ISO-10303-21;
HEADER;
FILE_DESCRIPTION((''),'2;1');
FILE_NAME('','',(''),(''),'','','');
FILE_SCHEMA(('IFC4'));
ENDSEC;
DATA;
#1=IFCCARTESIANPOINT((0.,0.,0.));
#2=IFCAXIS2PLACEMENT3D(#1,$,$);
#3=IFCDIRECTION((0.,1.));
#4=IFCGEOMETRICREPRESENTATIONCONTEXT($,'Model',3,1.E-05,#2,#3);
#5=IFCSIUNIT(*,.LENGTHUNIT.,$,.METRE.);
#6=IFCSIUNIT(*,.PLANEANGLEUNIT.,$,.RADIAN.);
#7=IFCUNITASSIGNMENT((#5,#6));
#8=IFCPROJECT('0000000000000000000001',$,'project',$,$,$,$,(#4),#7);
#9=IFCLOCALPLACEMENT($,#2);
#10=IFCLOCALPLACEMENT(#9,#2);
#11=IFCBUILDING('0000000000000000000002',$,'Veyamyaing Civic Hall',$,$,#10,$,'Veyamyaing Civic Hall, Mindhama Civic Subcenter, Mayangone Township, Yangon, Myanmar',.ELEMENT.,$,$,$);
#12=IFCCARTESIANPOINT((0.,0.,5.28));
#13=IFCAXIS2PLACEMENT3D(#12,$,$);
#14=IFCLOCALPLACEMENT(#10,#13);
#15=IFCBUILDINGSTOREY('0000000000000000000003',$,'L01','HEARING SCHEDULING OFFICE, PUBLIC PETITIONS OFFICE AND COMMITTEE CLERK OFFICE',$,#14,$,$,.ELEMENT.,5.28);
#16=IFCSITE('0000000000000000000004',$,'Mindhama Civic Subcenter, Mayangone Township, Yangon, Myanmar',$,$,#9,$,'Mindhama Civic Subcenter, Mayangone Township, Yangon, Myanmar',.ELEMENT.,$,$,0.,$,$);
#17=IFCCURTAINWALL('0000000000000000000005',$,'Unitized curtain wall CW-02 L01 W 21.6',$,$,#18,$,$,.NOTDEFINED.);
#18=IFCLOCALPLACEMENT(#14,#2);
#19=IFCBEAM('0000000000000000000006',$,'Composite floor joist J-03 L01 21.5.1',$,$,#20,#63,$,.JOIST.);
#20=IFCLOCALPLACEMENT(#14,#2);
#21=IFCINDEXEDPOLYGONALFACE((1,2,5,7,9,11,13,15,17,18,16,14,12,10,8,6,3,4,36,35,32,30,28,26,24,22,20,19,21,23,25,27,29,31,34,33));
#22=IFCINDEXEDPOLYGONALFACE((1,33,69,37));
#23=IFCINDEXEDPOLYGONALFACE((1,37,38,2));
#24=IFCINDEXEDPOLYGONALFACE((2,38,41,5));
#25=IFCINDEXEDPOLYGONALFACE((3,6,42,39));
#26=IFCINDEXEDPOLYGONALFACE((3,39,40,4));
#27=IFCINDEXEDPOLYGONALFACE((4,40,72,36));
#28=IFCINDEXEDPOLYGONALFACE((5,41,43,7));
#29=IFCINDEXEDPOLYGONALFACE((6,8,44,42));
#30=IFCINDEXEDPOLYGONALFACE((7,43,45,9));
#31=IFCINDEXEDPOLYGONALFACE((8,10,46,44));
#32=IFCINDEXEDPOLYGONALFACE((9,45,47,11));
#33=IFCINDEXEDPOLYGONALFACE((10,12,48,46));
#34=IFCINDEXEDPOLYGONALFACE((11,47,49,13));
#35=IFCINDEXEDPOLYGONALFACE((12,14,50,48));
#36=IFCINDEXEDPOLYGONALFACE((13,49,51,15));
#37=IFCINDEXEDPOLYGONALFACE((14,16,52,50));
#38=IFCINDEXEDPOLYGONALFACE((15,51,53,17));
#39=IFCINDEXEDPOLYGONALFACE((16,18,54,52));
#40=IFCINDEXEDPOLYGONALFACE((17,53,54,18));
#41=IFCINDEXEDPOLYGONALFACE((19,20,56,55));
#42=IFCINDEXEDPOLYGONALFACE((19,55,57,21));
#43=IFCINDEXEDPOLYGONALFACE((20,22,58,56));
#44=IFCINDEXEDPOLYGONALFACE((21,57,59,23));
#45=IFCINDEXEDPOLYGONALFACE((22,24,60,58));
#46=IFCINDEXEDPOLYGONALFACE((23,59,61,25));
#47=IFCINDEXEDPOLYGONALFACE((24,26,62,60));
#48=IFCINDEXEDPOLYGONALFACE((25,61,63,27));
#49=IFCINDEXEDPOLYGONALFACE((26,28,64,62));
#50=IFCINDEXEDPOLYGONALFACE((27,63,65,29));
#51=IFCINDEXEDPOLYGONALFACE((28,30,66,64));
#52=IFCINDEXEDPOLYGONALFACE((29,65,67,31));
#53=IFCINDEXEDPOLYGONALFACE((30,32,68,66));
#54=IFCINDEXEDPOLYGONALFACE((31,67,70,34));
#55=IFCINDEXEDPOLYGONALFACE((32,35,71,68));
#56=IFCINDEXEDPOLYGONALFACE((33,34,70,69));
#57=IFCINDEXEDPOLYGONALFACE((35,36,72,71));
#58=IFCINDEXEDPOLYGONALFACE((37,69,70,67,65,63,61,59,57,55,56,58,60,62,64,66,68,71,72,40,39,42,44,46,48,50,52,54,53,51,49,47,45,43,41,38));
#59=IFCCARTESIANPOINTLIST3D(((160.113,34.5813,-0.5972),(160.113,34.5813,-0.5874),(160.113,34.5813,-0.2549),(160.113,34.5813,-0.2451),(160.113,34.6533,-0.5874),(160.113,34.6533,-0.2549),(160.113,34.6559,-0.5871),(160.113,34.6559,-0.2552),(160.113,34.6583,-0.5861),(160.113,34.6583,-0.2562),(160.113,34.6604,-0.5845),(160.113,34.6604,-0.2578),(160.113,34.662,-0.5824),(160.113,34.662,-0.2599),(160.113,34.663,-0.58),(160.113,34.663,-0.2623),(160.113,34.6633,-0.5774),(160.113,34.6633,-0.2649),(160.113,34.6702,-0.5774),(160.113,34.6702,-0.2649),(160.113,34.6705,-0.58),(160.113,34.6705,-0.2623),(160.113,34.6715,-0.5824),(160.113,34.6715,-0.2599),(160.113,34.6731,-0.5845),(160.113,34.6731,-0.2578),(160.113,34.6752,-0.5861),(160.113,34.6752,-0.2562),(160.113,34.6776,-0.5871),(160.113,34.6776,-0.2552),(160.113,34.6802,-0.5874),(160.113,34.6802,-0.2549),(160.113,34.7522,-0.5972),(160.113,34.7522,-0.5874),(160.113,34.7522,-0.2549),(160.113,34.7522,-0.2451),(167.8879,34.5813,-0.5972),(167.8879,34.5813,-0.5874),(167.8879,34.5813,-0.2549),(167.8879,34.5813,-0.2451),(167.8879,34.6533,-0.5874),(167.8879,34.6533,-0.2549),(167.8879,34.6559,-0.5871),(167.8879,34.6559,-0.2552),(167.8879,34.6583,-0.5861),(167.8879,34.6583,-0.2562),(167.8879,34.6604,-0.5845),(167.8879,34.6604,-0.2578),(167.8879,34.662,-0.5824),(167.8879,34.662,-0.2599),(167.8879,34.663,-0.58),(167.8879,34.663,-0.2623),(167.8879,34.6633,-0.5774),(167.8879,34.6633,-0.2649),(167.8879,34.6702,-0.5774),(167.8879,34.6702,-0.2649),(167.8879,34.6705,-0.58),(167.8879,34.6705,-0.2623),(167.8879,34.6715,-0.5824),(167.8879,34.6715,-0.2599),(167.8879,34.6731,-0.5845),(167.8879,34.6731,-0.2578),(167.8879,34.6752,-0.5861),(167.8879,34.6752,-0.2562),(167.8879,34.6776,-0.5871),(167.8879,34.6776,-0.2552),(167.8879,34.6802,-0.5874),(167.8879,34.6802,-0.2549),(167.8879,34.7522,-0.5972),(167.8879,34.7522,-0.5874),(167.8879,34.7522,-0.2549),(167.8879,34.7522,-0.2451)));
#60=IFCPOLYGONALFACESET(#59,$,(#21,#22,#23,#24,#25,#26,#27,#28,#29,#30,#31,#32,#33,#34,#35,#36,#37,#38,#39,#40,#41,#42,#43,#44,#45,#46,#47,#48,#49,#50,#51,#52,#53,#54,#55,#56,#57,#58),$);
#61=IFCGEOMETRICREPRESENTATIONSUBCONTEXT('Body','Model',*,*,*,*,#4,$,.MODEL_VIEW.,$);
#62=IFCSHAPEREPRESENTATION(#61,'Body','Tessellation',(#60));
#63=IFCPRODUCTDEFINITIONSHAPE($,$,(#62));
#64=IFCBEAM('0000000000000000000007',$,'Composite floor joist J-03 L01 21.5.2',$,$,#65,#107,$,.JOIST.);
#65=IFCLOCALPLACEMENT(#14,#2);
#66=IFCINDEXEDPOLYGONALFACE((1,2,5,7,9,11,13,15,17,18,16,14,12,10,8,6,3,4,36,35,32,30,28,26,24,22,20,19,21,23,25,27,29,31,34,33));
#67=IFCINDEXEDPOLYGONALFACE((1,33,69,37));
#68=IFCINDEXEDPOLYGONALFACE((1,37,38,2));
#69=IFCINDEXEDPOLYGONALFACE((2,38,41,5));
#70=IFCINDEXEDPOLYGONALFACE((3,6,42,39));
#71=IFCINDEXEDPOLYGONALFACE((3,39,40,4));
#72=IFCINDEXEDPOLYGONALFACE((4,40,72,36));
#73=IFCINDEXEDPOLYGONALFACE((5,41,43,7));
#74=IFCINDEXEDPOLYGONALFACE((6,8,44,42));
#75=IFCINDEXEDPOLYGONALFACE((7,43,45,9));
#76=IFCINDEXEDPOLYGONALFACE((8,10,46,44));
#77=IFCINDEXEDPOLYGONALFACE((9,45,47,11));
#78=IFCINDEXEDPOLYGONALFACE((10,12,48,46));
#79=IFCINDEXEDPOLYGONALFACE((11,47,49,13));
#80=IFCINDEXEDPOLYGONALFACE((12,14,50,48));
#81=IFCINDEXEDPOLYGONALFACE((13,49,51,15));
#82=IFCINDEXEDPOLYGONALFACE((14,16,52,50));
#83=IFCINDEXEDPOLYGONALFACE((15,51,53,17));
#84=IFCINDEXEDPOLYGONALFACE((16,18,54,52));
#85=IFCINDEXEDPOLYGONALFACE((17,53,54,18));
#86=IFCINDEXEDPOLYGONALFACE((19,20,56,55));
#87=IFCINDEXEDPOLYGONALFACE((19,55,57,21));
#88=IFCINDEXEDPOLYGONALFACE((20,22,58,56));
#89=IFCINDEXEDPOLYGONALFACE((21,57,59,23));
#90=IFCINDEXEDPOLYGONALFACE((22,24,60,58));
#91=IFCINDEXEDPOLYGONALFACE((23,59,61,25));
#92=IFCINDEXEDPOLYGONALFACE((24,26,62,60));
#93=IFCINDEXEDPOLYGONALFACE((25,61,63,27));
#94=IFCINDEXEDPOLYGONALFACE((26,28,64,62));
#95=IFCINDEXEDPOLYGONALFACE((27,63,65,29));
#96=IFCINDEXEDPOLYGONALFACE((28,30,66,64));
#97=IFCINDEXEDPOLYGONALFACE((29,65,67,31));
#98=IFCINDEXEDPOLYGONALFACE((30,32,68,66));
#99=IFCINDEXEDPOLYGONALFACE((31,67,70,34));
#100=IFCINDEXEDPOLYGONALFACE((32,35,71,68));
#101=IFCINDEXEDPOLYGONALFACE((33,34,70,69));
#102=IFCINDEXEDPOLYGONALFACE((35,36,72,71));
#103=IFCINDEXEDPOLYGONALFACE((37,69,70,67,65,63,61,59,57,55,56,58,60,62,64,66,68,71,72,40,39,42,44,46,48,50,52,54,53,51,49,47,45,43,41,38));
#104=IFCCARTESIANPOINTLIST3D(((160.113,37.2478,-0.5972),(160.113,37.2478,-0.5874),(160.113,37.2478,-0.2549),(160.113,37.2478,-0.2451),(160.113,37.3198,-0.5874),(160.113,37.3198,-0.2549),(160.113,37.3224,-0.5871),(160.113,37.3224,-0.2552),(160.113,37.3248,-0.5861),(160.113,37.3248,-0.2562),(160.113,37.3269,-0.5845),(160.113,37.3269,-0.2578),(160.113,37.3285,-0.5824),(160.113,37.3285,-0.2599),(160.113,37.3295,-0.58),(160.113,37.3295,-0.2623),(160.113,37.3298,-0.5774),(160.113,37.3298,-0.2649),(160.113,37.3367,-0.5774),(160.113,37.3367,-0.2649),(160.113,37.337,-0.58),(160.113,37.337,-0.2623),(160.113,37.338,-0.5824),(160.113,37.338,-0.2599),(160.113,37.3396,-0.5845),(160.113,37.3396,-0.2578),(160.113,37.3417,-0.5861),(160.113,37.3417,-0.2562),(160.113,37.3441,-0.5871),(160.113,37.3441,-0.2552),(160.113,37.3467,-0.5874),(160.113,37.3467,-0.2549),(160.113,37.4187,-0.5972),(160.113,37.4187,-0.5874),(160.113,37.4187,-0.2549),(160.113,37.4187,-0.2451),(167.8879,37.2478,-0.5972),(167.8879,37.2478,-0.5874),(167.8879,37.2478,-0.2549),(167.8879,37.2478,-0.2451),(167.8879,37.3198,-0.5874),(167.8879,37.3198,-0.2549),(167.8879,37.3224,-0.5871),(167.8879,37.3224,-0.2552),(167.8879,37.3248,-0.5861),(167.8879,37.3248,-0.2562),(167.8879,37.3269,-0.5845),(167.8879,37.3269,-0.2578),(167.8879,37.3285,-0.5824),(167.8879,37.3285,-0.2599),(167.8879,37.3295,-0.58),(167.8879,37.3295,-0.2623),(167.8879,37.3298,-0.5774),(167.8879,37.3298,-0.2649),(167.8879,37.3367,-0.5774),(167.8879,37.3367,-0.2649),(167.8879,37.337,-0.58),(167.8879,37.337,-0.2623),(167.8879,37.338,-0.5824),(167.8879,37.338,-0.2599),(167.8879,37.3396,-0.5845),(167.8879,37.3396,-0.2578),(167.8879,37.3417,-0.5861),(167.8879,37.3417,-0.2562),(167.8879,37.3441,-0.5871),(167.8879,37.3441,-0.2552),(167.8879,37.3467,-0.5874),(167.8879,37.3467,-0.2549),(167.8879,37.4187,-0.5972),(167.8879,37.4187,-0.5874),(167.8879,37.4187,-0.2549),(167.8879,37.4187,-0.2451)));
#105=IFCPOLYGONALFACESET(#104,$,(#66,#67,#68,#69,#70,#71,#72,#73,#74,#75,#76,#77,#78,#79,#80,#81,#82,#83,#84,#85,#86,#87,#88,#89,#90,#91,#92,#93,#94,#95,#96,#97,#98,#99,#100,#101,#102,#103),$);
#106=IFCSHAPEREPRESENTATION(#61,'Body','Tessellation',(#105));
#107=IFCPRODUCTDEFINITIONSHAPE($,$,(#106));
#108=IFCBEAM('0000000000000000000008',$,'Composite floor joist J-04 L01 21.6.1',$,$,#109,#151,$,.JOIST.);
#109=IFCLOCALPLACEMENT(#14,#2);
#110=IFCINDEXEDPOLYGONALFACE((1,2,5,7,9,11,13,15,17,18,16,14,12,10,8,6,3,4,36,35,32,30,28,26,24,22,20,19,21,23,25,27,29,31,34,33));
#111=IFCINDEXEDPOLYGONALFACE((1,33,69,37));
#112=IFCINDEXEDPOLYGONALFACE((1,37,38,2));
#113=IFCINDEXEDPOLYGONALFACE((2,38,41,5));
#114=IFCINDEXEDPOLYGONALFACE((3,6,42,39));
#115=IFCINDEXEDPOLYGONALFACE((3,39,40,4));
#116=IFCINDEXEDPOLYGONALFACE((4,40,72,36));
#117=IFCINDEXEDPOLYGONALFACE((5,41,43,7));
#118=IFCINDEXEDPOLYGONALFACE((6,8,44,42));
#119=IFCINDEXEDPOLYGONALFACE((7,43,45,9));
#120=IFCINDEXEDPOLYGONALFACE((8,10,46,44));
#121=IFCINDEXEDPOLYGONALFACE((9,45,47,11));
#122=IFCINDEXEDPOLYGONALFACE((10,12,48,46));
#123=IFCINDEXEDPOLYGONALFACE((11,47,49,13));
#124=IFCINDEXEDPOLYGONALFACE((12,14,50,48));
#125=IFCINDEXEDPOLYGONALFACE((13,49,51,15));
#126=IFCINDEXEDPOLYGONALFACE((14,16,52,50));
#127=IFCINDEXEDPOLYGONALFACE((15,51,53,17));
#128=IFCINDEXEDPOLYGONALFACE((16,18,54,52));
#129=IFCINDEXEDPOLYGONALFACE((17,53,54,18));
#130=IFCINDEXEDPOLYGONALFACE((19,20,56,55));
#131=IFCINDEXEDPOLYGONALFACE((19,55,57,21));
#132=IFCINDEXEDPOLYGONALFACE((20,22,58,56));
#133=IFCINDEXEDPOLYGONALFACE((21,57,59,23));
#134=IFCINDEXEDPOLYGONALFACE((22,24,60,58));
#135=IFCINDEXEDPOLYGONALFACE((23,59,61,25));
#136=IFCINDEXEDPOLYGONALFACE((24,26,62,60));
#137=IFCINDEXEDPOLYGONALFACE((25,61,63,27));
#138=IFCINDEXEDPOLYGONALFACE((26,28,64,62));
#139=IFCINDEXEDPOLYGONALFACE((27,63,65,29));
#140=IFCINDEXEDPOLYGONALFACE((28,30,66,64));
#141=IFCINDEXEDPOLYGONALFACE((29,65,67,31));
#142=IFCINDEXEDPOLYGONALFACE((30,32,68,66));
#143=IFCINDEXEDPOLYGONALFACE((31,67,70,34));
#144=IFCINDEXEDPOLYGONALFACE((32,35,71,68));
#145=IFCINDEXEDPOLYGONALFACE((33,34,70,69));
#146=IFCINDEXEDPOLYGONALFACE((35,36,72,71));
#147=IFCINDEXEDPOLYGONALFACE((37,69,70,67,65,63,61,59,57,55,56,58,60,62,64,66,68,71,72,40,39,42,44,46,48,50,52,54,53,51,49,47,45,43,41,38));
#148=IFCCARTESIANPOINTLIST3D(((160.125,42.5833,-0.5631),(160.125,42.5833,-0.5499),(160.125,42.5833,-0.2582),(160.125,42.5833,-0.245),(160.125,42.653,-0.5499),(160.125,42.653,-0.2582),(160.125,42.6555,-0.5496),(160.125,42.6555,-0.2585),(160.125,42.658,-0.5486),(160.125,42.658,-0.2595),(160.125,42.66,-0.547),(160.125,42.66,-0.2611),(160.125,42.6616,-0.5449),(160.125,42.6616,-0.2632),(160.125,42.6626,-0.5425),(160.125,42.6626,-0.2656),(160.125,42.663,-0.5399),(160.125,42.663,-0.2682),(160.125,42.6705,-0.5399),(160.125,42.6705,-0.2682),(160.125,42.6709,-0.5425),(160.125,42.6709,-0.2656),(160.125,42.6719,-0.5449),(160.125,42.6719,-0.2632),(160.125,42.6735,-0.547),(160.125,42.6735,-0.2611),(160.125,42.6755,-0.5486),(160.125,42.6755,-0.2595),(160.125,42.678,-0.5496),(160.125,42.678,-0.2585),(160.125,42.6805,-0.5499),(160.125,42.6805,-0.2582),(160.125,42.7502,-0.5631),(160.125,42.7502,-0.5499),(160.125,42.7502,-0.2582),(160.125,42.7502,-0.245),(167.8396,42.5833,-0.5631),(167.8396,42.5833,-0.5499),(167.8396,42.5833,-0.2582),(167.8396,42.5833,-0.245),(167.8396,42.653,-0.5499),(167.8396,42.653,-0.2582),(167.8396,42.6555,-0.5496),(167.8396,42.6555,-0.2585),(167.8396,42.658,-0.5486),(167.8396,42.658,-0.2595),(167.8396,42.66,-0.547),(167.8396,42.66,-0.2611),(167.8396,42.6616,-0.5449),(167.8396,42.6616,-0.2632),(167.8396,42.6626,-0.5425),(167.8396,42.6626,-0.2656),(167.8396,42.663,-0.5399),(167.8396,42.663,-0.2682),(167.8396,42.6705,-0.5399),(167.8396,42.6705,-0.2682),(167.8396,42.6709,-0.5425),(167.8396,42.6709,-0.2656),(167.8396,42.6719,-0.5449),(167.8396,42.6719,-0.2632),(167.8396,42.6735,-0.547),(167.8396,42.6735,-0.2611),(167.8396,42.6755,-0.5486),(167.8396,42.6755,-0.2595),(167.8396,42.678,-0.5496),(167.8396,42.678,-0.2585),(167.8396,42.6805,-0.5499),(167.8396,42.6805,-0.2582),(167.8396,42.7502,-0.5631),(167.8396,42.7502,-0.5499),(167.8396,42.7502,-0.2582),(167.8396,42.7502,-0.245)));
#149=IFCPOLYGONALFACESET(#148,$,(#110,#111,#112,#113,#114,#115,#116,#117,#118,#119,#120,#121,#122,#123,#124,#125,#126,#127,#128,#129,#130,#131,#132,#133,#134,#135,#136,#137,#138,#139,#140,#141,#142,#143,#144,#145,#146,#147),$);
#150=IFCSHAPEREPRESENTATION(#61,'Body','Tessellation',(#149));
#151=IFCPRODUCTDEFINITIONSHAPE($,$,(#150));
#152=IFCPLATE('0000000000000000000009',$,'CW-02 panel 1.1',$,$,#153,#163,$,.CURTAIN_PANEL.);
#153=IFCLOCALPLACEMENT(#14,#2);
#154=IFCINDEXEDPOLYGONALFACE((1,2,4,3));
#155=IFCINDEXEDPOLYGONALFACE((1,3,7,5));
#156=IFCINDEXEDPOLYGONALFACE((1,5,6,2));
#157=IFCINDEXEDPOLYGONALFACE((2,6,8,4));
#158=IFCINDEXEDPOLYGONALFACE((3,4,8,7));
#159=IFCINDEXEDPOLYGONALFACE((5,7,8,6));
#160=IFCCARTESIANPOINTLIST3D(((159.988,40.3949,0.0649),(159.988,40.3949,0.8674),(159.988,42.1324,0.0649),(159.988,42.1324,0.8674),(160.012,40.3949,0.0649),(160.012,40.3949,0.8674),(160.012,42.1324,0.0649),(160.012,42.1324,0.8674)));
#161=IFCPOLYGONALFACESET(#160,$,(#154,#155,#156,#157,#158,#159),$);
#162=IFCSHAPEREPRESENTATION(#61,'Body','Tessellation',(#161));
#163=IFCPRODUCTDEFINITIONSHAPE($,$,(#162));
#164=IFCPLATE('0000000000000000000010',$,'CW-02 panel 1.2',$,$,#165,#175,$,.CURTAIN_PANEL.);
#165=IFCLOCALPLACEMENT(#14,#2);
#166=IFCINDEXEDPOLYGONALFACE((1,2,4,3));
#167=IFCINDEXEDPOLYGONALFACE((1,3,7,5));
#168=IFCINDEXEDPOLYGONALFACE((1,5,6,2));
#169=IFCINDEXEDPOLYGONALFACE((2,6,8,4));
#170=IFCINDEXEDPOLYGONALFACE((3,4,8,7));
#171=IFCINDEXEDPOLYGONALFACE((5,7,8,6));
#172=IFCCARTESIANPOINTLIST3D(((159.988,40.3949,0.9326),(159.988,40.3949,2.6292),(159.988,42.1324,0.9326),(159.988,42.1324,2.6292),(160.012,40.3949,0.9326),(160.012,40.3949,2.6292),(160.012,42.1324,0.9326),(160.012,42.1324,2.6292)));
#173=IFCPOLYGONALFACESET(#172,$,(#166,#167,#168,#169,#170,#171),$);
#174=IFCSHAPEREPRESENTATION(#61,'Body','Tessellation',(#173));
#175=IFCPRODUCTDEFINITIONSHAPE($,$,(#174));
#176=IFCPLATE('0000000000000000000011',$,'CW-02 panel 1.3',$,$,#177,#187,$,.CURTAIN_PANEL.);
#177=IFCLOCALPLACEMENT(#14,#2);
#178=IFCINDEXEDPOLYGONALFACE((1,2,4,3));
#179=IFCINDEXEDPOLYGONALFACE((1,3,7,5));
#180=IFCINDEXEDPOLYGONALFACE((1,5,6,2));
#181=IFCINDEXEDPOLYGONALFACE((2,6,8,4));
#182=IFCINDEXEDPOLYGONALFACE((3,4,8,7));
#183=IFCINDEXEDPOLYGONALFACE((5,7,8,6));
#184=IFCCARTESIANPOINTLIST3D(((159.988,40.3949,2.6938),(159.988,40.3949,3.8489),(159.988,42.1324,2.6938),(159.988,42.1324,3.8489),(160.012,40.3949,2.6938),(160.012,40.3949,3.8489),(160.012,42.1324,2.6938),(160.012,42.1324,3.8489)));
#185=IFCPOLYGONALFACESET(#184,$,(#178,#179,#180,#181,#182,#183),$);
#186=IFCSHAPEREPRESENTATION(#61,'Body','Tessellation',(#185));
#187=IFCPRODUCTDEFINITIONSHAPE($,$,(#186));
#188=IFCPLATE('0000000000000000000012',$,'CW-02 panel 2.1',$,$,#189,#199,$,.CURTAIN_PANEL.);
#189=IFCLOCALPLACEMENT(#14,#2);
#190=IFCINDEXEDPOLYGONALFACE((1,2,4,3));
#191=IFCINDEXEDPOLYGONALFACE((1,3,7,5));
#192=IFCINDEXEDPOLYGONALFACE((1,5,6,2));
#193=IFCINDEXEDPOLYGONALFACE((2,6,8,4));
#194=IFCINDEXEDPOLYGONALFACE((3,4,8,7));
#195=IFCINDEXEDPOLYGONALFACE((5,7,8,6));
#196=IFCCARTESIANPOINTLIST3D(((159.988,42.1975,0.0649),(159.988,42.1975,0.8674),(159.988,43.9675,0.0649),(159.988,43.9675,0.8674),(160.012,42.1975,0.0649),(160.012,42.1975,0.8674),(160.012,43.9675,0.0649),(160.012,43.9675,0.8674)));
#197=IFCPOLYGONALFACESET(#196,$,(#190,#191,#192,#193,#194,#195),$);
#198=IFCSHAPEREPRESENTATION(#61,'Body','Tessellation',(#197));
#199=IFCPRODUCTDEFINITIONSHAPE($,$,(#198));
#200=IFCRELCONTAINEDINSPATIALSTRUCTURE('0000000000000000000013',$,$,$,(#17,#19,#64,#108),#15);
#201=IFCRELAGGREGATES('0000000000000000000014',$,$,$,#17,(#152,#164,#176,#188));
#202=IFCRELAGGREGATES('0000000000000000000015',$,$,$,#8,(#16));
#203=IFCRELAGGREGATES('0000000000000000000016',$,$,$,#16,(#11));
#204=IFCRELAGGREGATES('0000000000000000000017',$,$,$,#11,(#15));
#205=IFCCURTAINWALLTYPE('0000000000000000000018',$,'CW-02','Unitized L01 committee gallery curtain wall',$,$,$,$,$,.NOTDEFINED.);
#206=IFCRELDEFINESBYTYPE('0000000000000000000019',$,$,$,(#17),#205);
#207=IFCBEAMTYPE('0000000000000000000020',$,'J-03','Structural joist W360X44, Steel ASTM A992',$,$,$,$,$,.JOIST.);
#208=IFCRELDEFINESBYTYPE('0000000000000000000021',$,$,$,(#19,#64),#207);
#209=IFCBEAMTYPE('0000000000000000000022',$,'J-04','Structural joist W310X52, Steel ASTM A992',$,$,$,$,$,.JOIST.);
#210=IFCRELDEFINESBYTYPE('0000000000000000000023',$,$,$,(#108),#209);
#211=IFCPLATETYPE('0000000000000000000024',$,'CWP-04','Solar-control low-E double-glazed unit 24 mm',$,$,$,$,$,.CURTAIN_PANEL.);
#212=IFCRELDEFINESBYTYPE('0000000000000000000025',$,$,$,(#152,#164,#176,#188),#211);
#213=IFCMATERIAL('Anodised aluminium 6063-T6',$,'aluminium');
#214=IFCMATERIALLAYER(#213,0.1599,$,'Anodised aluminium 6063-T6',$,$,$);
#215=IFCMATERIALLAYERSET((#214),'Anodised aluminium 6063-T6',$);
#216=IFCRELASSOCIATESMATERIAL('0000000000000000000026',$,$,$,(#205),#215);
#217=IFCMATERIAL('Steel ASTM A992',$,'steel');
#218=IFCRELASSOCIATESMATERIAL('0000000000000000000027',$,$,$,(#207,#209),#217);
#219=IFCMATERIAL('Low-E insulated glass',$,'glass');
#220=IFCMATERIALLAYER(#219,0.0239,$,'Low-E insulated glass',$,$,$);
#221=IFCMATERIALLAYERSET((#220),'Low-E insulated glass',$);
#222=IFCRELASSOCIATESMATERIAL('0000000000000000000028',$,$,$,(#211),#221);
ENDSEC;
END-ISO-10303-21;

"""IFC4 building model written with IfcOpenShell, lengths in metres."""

from ifc_helpers import new_model, si_unit, direction, frame, origin, origin_2d, place, context, subcontext, project, spatial, rectangle, i_section, extrude, material, layer, layer_set, material_profile, profile_set, type_object, element, aggregate, save


model = new_model("IFC4")

# Units and contexts
model_context = context("Model", 3, precision=1e-05, world=origin(), true_north=direction((0.0, 1.0)))
body_context = subcontext(model_context, "Body", "Model", "MODEL_VIEW")
ifc_project = project(units=[si_unit("LENGTHUNIT", "METRE"), si_unit("PLANEANGLEUNIT", "RADIAN")], contexts=[model_context])

# Site, building, storey
site_placement = place(None, origin())
site = spatial("IfcSite", under=ifc_project, at=site_placement, Name="Mindhama Civic Subcenter, Mayangone Township, Yangon, Myanmar", LongName="Mindhama Civic Subcenter, Mayangone Township, Yangon, Myanmar", CompositionType="ELEMENT", RefElevation=0.0)
building_placement = place(site_placement, origin())
building = spatial("IfcBuilding", under=site, at=building_placement, Name="Veyamyaing Civic Hall", LongName="Veyamyaing Civic Hall, Mindhama Civic Subcenter, Mayangone Township, Yangon, Myanmar", CompositionType="ELEMENT")
storey_placement = place(building_placement, frame((0.0, 0.0, 5.28)))
storey = spatial("IfcBuildingStorey", under=building, at=storey_placement, Name="L01", Description="HEARING SCHEDULING OFFICE, PUBLIC PETITIONS OFFICE AND COMMITTEE CLERK OFFICE", CompositionType="ELEMENT", Elevation=5.28)

# Shared definitions
ifc_material_1 = material(Name="Steel ASTM A992", Category="steel")

# Curtain wall
ifc_material_2 = material(Name="Anodised aluminium 6063-T6", Category="aluminium")
ifc_layer_1 = layer(ifc_material_2, 0.1599, Name="Anodised aluminium 6063-T6")
ifc_layer_set_1 = layer_set([ifc_layer_1], Name="Anodised aluminium 6063-T6")
curtain_wall_type = type_object("IfcCurtainWallType", Name="CW-02", Description="Unitized L01 committee gallery curtain wall", PredefinedType="NOTDEFINED", material=ifc_layer_set_1)
curtain_wall_placement = place(storey_placement, origin())
curtain_wall = element("IfcCurtainWall", 1, at=curtain_wall_placement, inside=storey, type_object=curtain_wall_type, Name="Unitized curtain wall CW-02 L01 W 21.6", PredefinedType="NOTDEFINED")

# Beams
ifc_material_profile_1 = material_profile(ifc_material_1, i_section(OverallWidth=0.1709, OverallDepth=0.3521, WebThickness=0.0068, FlangeThickness=0.0098, FilletRadius=0.01, at=origin_2d()), Name="W360X44")
ifc_profile_set_1 = profile_set([ifc_material_profile_1], Name="Steel ASTM A992")
beam_type_1 = type_object("IfcBeamType", Name="J-03", Description="Structural joist W360X44, Steel ASTM A992", PredefinedType="JOIST", material=ifc_profile_set_1)
for number, where, z_axis, x_axis, name in (
    (2, (160.113, 34.6667, -0.4211), (1.0, 0.0, 0.0), (0.0, 1.0, 0.0), "Composite floor joist J-03 L01 21.5.1"),
    (3, (160.113, 37.3333, -0.4211), (1.0, 0.0, 0.0), (0.0, 1.0, 0.0), "Composite floor joist J-03 L01 21.5.2"),
):
    element("IfcBeam", number, at=place(storey_placement, frame(where, z_axis=z_axis, x_axis=x_axis)), inside=storey, type_object=beam_type_1, Name=name, PredefinedType="JOIST", context=body_context, shape_type="SweptSolid", body=[
        extrude(i_section(OverallWidth=0.1709, OverallDepth=0.3521, WebThickness=0.0068, FlangeThickness=0.0098, FilletRadius=0.01, at=origin_2d()), origin(), (0.0, 0.0, 1.0), 7.7749),
    ])
ifc_material_profile_2 = material_profile(ifc_material_1, i_section(OverallWidth=0.167, OverallDepth=0.3181, WebThickness=0.0076, FlangeThickness=0.0132, FilletRadius=0.01, at=origin_2d()), Name="W310X52")
ifc_profile_set_2 = profile_set([ifc_material_profile_2], Name="Steel ASTM A992")
beam_type_2 = type_object("IfcBeamType", Name="J-04", Description="Structural joist W310X52, Steel ASTM A992", PredefinedType="JOIST", material=ifc_profile_set_2)
beam_1_placement = place(storey_placement, frame((160.125, 42.6667, -0.4041), z_axis=(1.0, 0.0, 0.0), x_axis=(0.0, 1.0, 0.0)))
element("IfcBeam", 4, at=beam_1_placement, inside=storey, type_object=beam_type_2, Name="Composite floor joist J-04 L01 21.6.1", PredefinedType="JOIST", context=body_context, shape_type="SweptSolid", body=[
    extrude(i_section(OverallWidth=0.167, OverallDepth=0.3181, WebThickness=0.0076, FlangeThickness=0.0132, FilletRadius=0.01, at=origin_2d()), origin(), (0.0, 0.0, 1.0), 7.7146),
])

# Plates
ifc_material_3 = material(Name="Low-E insulated glass", Category="glass")
ifc_layer_2 = layer(ifc_material_3, 0.0239, Name="Low-E insulated glass")
ifc_layer_set_2 = layer_set([ifc_layer_2], Name="Low-E insulated glass")
plate_type = type_object("IfcPlateType", Name="CWP-04", Description="Solar-control low-E double-glazed unit 24 mm", PredefinedType="CURTAIN_PANEL", material=ifc_layer_set_2)
plate_1_placement = place(storey_placement, frame((160.0, 41.2637, 0.0649), z_axis=(0.0, 0.0, 1.0), x_axis=(0.0, 1.0, 0.0)))
plate_1 = element("IfcPlate", 5, at=plate_1_placement, type_object=plate_type, Name="CW-02 panel 1.1", PredefinedType="CURTAIN_PANEL", context=body_context, shape_type="SweptSolid", body=[
    extrude(rectangle(XDim=1.7375, YDim=0.0239, at=origin_2d()), origin(), (0.0, 0.0, 1.0), 0.8025),
])
plate_2_placement = place(storey_placement, frame((160.0, 41.2637, 0.9326), z_axis=(0.0, 0.0, 1.0), x_axis=(0.0, 1.0, 0.0)))
plate_2 = element("IfcPlate", 6, at=plate_2_placement, type_object=plate_type, Name="CW-02 panel 1.2", PredefinedType="CURTAIN_PANEL", context=body_context, shape_type="SweptSolid", body=[
    extrude(rectangle(XDim=1.7375, YDim=0.0239, at=origin_2d()), origin(), (0.0, 0.0, 1.0), 1.6965),
])
plate_3_placement = place(storey_placement, frame((160.0, 41.2637, 2.6938), z_axis=(0.0, 0.0, 1.0), x_axis=(0.0, 1.0, 0.0)))
plate_3 = element("IfcPlate", 7, at=plate_3_placement, type_object=plate_type, Name="CW-02 panel 1.3", PredefinedType="CURTAIN_PANEL", context=body_context, shape_type="SweptSolid", body=[
    extrude(rectangle(XDim=1.7375, YDim=0.0239, at=origin_2d()), origin(), (0.0, 0.0, 1.0), 1.155),
])
plate_4_placement = place(storey_placement, frame((160.0, 43.0825, 0.0649), z_axis=(0.0, 0.0, 1.0), x_axis=(0.0, 1.0, 0.0)))
plate_4 = element("IfcPlate", 8, at=plate_4_placement, type_object=plate_type, Name="CW-02 panel 2.1", PredefinedType="CURTAIN_PANEL", context=body_context, shape_type="SweptSolid", body=[
    extrude(rectangle(XDim=1.77, YDim=0.0239, at=origin_2d()), origin(), (0.0, 0.0, 1.0), 0.8025),
])
aggregate(curtain_wall, [plate_1, plate_2, plate_3, plate_4])

save(model, "model.ifc")
